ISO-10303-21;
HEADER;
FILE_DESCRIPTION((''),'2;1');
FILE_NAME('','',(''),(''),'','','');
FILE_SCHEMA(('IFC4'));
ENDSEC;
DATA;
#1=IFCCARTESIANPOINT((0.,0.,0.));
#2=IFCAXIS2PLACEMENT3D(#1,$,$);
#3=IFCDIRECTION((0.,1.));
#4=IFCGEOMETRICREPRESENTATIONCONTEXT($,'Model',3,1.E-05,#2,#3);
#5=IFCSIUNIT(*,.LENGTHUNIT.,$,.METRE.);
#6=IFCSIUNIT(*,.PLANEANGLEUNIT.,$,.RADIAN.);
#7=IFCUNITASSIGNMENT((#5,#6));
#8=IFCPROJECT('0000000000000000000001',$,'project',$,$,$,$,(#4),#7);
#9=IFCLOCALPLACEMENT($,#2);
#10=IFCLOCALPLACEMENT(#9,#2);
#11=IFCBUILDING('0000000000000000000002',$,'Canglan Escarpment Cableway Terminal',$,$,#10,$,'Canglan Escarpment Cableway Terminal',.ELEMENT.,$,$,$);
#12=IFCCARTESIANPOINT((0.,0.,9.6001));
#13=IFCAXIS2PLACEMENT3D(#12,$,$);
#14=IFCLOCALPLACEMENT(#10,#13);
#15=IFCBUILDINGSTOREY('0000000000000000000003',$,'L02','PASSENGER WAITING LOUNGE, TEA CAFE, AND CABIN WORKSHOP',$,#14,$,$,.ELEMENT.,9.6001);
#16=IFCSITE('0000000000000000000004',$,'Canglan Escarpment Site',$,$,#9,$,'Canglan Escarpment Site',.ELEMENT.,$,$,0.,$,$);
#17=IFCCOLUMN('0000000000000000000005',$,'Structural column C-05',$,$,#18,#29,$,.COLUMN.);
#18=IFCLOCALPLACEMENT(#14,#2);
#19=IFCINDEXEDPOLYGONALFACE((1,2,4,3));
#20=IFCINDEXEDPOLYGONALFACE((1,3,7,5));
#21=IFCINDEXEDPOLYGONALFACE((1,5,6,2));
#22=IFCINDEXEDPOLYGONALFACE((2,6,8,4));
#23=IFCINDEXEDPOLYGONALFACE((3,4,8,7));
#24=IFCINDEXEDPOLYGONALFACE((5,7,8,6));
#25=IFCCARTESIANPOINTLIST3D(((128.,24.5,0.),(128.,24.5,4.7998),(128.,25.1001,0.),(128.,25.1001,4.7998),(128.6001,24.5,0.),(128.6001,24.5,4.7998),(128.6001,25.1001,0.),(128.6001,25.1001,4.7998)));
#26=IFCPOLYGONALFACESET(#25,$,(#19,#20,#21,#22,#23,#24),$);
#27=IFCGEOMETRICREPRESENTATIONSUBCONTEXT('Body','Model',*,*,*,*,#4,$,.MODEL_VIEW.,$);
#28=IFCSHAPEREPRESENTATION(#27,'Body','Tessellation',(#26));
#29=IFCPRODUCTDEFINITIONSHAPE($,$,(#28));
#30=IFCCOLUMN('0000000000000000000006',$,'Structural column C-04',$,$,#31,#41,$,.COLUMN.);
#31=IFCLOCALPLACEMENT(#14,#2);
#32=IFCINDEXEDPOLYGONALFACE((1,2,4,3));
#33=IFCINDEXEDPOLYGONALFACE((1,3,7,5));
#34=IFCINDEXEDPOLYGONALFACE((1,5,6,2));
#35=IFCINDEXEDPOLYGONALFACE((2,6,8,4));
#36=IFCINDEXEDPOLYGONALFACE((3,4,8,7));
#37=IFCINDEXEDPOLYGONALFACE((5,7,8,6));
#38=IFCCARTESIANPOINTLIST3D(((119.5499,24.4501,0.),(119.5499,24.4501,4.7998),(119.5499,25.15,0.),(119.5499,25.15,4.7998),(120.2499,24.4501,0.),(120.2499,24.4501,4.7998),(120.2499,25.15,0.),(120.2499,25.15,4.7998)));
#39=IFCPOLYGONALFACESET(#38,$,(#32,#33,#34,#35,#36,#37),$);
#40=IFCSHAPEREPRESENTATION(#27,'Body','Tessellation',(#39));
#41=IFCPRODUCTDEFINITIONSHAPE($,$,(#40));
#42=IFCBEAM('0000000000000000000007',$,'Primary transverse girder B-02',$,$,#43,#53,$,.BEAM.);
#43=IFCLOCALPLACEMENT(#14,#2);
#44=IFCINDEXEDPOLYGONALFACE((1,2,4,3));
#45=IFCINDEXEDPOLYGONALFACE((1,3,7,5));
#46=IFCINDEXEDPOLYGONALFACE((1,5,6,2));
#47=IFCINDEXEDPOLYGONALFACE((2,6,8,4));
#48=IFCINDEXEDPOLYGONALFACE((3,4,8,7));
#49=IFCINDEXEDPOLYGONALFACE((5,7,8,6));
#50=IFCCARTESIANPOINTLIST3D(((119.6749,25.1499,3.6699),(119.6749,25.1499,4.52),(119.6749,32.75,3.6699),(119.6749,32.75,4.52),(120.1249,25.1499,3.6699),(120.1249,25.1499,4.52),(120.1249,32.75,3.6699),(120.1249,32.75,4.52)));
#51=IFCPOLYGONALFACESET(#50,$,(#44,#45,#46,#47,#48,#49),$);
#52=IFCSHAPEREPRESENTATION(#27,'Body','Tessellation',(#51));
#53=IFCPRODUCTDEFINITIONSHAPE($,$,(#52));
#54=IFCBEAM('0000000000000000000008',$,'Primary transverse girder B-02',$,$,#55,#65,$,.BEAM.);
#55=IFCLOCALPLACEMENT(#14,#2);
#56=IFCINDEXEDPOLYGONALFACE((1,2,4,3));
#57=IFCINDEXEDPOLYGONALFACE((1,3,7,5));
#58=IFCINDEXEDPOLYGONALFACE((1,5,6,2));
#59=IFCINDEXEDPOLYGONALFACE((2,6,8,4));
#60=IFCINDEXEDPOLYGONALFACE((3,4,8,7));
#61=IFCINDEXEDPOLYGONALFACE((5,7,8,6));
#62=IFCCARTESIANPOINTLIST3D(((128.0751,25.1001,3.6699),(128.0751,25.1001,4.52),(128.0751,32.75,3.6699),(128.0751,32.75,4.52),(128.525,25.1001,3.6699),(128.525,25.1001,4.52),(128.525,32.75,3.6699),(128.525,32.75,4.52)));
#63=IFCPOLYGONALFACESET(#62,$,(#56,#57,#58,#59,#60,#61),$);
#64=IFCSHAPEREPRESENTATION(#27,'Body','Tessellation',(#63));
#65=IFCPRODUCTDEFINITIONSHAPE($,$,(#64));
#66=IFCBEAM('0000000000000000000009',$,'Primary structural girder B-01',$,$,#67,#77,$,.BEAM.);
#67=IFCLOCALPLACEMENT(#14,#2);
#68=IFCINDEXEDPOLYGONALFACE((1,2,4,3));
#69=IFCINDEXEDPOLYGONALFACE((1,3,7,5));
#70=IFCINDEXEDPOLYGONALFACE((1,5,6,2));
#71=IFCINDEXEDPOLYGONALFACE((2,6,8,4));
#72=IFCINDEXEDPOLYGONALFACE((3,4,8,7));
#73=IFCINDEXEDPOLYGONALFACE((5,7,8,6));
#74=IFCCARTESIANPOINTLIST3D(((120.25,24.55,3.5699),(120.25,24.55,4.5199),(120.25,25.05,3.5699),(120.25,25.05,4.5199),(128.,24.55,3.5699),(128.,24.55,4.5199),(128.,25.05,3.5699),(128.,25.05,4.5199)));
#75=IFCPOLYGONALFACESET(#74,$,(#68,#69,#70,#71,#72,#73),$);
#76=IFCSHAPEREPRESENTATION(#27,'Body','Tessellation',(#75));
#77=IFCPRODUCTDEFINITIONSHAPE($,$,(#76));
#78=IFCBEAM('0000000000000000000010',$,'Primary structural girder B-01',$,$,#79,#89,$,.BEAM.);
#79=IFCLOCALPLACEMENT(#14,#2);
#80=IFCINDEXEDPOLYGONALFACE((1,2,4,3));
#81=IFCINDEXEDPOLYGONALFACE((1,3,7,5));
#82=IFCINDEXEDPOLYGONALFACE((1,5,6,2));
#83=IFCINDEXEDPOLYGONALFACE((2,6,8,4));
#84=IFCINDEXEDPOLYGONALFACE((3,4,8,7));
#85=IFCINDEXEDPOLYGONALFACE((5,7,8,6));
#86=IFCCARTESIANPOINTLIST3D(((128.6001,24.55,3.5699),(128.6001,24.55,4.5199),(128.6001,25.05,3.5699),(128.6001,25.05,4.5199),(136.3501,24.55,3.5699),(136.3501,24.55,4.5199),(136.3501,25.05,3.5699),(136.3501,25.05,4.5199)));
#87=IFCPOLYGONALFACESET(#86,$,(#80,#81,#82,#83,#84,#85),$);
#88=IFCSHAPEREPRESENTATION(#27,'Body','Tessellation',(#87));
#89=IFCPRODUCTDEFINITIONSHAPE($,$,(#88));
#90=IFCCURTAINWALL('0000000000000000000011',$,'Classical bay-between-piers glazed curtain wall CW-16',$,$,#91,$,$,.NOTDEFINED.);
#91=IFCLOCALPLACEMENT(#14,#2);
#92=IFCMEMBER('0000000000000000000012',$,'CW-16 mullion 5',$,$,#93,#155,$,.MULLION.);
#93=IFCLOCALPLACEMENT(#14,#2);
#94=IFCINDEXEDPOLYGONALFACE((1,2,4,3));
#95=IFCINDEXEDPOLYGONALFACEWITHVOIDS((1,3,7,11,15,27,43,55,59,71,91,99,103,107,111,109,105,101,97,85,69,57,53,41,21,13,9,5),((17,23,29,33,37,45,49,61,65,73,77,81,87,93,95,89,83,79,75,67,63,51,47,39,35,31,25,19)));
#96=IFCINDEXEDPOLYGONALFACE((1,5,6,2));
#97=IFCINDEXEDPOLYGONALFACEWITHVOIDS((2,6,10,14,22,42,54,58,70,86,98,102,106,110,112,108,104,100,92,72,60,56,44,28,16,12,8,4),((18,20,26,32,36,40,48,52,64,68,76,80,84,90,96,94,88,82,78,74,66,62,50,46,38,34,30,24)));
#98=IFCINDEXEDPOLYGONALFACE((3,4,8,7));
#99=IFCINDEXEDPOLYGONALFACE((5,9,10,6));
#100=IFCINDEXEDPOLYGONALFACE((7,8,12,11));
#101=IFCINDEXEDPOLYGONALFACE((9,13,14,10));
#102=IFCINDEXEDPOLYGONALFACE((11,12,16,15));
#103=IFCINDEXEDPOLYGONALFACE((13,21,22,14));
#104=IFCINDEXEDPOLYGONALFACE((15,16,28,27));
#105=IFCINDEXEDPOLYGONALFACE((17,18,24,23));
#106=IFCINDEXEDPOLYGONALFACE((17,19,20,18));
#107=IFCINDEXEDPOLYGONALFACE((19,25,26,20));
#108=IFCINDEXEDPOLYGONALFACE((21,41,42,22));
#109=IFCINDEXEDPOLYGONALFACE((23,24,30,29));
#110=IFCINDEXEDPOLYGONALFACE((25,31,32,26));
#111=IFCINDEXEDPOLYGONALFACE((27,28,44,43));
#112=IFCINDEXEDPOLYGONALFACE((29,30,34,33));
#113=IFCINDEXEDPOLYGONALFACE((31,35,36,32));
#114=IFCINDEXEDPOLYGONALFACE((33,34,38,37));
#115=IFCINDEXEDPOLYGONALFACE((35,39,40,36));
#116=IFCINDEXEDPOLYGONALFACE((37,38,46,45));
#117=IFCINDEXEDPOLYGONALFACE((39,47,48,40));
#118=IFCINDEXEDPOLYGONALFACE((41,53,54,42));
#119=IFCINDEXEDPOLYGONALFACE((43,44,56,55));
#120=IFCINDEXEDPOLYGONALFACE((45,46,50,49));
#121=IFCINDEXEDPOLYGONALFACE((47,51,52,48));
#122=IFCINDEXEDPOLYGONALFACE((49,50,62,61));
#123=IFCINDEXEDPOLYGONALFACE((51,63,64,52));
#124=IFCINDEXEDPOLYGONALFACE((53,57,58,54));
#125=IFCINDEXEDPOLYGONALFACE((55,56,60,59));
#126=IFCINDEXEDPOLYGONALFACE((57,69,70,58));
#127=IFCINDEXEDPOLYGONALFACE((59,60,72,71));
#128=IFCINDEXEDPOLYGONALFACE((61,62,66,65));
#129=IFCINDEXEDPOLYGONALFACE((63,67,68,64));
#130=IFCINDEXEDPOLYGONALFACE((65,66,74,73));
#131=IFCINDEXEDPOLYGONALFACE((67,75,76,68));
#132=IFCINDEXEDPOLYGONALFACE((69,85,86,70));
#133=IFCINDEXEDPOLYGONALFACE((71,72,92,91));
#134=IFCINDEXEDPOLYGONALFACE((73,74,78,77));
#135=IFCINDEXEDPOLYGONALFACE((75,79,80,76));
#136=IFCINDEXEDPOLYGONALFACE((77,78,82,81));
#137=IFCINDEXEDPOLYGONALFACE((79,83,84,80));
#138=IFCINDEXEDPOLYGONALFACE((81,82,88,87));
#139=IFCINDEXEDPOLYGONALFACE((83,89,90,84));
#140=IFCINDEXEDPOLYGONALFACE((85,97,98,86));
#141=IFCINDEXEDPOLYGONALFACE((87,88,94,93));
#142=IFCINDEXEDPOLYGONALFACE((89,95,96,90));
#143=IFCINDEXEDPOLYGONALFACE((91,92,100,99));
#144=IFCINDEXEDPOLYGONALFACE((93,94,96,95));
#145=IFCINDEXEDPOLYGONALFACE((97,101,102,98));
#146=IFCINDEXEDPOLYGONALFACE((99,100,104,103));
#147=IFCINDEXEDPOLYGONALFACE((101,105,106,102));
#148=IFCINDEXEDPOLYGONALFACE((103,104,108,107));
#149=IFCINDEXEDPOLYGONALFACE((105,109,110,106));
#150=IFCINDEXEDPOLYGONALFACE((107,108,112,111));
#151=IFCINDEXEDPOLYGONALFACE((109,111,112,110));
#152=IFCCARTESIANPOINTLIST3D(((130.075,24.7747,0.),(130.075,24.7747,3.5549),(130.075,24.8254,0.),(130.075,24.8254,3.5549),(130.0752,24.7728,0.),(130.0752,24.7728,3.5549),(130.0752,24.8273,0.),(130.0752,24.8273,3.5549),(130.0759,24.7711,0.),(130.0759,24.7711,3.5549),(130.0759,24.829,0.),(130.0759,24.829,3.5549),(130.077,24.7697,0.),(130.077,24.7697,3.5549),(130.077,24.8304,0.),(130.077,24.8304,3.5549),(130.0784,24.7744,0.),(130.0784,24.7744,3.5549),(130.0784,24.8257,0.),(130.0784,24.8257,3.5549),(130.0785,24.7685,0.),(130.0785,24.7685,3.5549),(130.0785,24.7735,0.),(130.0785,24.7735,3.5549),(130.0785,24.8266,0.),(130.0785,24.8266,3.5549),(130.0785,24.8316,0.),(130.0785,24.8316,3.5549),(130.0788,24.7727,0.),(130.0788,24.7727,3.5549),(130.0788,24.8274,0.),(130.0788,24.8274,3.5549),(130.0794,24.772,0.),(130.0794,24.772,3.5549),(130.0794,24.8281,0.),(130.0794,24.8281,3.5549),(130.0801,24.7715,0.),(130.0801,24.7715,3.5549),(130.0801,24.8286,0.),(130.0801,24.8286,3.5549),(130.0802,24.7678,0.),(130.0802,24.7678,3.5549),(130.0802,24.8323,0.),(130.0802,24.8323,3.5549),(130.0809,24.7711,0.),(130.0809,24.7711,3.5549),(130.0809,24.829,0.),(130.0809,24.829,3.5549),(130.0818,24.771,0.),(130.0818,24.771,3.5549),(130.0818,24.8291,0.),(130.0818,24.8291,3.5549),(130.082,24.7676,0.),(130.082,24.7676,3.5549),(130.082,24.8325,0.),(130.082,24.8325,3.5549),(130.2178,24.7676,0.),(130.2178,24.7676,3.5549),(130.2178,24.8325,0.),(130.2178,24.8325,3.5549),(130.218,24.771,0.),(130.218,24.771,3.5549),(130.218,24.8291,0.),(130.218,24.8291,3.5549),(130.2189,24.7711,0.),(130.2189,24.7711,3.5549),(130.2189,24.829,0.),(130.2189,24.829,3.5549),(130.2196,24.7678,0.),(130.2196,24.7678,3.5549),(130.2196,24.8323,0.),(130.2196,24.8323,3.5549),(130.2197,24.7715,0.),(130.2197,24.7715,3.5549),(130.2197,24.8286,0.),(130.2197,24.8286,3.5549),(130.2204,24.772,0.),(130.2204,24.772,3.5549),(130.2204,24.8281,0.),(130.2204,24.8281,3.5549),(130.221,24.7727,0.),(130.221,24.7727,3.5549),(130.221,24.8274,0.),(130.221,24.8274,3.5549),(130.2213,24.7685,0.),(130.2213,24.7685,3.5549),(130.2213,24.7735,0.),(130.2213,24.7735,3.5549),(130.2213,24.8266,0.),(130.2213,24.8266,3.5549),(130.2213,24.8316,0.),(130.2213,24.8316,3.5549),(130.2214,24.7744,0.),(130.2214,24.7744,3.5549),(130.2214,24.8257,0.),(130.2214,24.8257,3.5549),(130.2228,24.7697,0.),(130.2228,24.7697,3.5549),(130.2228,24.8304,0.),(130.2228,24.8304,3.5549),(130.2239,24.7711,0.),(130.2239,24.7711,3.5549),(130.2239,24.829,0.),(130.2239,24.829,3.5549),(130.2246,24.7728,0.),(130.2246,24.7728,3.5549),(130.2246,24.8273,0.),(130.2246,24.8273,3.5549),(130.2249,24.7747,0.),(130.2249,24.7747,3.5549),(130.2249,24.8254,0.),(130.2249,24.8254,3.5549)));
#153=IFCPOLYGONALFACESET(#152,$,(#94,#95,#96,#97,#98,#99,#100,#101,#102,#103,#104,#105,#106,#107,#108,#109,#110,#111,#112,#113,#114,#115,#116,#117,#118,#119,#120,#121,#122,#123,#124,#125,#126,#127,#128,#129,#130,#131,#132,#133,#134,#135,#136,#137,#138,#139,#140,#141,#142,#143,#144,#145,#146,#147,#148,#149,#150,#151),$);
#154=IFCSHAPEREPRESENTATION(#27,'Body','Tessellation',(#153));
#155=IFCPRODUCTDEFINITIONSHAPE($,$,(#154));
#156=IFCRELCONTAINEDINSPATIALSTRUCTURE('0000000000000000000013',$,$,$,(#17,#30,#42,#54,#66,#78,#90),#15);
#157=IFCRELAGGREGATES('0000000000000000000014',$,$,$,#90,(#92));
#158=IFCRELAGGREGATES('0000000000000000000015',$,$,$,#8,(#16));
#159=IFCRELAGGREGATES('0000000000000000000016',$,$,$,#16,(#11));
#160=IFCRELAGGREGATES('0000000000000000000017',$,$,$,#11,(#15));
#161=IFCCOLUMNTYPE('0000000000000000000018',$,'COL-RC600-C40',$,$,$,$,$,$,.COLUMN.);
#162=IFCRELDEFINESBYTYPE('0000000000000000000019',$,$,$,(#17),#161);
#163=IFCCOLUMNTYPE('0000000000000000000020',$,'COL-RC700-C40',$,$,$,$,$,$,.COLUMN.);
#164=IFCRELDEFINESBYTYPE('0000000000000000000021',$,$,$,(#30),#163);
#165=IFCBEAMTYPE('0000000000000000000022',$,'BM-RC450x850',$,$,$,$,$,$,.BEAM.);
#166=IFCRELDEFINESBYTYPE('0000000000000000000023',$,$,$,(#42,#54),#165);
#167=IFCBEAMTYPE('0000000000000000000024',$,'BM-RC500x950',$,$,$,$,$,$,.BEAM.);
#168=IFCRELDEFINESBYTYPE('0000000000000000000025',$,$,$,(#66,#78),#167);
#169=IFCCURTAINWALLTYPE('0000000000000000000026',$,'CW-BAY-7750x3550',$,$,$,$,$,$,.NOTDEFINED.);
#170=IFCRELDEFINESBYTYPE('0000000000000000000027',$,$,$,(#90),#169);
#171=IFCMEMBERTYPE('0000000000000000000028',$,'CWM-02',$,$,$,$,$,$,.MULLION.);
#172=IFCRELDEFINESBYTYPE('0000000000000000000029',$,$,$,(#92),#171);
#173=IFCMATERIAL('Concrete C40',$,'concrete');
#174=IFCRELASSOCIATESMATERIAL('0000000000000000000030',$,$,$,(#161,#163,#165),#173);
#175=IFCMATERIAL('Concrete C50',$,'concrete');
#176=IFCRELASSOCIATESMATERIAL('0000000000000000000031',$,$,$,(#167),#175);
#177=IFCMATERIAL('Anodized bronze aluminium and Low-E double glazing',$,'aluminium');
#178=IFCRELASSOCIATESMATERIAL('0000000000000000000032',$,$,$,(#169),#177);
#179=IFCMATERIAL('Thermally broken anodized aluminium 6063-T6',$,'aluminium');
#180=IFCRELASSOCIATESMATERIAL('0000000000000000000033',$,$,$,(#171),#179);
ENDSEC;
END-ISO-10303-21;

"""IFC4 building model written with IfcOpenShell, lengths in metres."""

from ifc_helpers import new_model, si_unit, direction, frame, origin, origin_2d, place, context, subcontext, project, spatial, rectangle, hollow_rectangle, extrude, material, material_profile, profile_set, type_object, element, aggregate, save


model = new_model("IFC4")

# Units and contexts
model_context = context("Model", 3, precision=1e-05, world=origin(), true_north=direction((0.0, 1.0)))
body_context = subcontext(model_context, "Body", "Model", "MODEL_VIEW")
ifc_project = project(units=[si_unit("LENGTHUNIT", "METRE"), si_unit("PLANEANGLEUNIT", "RADIAN")], contexts=[model_context])

# Site, building, storey
site_placement = place(None, origin())
site = spatial("IfcSite", under=ifc_project, at=site_placement, Name="Canglan Escarpment Site", LongName="Canglan Escarpment Site", CompositionType="ELEMENT", RefElevation=0.0)
building_placement = place(site_placement, origin())
building = spatial("IfcBuilding", under=site, at=building_placement, Name="Canglan Escarpment Cableway Terminal", LongName="Canglan Escarpment Cableway Terminal", CompositionType="ELEMENT")
storey_placement = place(building_placement, frame((0.0, 0.0, 9.6001)))
storey = spatial("IfcBuildingStorey", under=building, at=storey_placement, Name="L02", Description="PASSENGER WAITING LOUNGE, TEA CAFE, AND CABIN WORKSHOP", CompositionType="ELEMENT", Elevation=9.6001)

# Columns
ifc_material_1 = material(Name="Concrete C40", Category="concrete")
ifc_material_profile_1 = material_profile(ifc_material_1, rectangle(XDim=0.6001, YDim=0.6001, at=origin_2d()), Name="RC 600x600")
ifc_profile_set_1 = profile_set([ifc_material_profile_1], Name="Concrete C40")
column_type_1 = type_object("IfcColumnType", Name="COL-RC600-C40", PredefinedType="COLUMN", material=ifc_profile_set_1)
column_1_placement = place(storey_placement, frame((128.3, 24.8, 0.0), z_axis=(0.0, 0.0, 1.0), x_axis=(1.0, 0.0, 0.0)))
element("IfcColumn", 1, at=column_1_placement, inside=storey, type_object=column_type_1, Name="Structural column C-05", PredefinedType="COLUMN", context=body_context, shape_type="SweptSolid", body=[
    extrude(rectangle(XDim=0.6001, YDim=0.6001, at=origin_2d()), origin(), (0.0, 0.0, 1.0), 4.7998),
])
ifc_material_profile_2 = material_profile(ifc_material_1, rectangle(XDim=0.7, YDim=0.7, at=origin_2d()), Name="RC 700x700")
ifc_profile_set_2 = profile_set([ifc_material_profile_2], Name="Concrete C40")
column_type_2 = type_object("IfcColumnType", Name="COL-RC700-C40", PredefinedType="COLUMN", material=ifc_profile_set_2)
column_2_placement = place(storey_placement, frame((119.8999, 24.8, 0.0), z_axis=(0.0, 0.0, 1.0), x_axis=(1.0, 0.0, 0.0)))
element("IfcColumn", 2, at=column_2_placement, inside=storey, type_object=column_type_2, Name="Structural column C-04", PredefinedType="COLUMN", context=body_context, shape_type="SweptSolid", body=[
    extrude(rectangle(XDim=0.7, YDim=0.7, at=origin_2d()), origin(), (0.0, 0.0, 1.0), 4.7998),
])

# Beams
ifc_material_profile_3 = material_profile(ifc_material_1, rectangle(XDim=0.45, YDim=0.8501, at=origin_2d()), Name="RC 450x850")
ifc_profile_set_3 = profile_set([ifc_material_profile_3], Name="Concrete C40")
beam_type_1 = type_object("IfcBeamType", Name="BM-RC450x850", PredefinedType="BEAM", material=ifc_profile_set_3)
beam_1_placement = place(storey_placement, frame((119.8999, 25.1499, 4.095), z_axis=(0.0, 1.0, 0.0), x_axis=(-1.0, 0.0, 0.0)))
element("IfcBeam", 3, at=beam_1_placement, inside=storey, type_object=beam_type_1, Name="Primary transverse girder B-02", PredefinedType="BEAM", context=body_context, shape_type="SweptSolid", body=[
    extrude(rectangle(XDim=0.45, YDim=0.8501, at=origin_2d()), origin(), (0.0, 0.0, 1.0), 7.6001),
])
beam_2_placement = place(storey_placement, frame((128.3, 25.1001, 4.095), z_axis=(0.0, 1.0, 0.0), x_axis=(-1.0, 0.0, 0.0)))
element("IfcBeam", 4, at=beam_2_placement, inside=storey, type_object=beam_type_1, Name="Primary transverse girder B-02", PredefinedType="BEAM", context=body_context, shape_type="SweptSolid", body=[
    extrude(rectangle(XDim=0.45, YDim=0.8501, at=origin_2d()), origin(), (0.0, 0.0, 1.0), 7.6499),
])
ifc_material_2 = material(Name="Concrete C50", Category="concrete")
ifc_material_profile_4 = material_profile(ifc_material_2, rectangle(XDim=0.5, YDim=0.95, at=origin_2d()), Name="RC 500x950")
ifc_profile_set_4 = profile_set([ifc_material_profile_4], Name="Concrete C50")
beam_type_2 = type_object("IfcBeamType", Name="BM-RC500x950", PredefinedType="BEAM", material=ifc_profile_set_4)
for number, where, z_axis, x_axis, name in (
    (5, (120.25, 24.8, 4.0449), (1.0, 0.0, 0.0), (0.0, 1.0, 0.0), "Primary structural girder B-01"),
    (6, (128.6001, 24.8, 4.0449), (1.0, 0.0, 0.0), (0.0, 1.0, 0.0), "Primary structural girder B-01"),
):
    element("IfcBeam", number, at=place(storey_placement, frame(where, z_axis=z_axis, x_axis=x_axis)), inside=storey, type_object=beam_type_2, Name=name, PredefinedType="BEAM", context=body_context, shape_type="SweptSolid", body=[
        extrude(rectangle(XDim=0.5, YDim=0.95, at=origin_2d()), origin(), (0.0, 0.0, 1.0), 7.75),
    ])

# Curtain wall, member
ifc_material_3 = material(Name="Anodized bronze aluminium and Low-E double glazing", Category="aluminium")
curtain_wall_type_1 = type_object("IfcCurtainWallType", Name="CW-BAY-7750x3550", PredefinedType="NOTDEFINED", material=ifc_material_3)
curtain_wall_1_placement = place(storey_placement, origin())
curtain_wall_1 = element("IfcCurtainWall", 7, at=curtain_wall_1_placement, inside=storey, type_object=curtain_wall_type_1, Name="Classical bay-between-piers glazed curtain wall CW-16", PredefinedType="NOTDEFINED")
ifc_material_4 = material(Name="Thermally broken anodized aluminium 6063-T6", Category="aluminium")
ifc_material_profile_5 = material_profile(ifc_material_4, hollow_rectangle(XDim=0.0649, YDim=0.1499, WallThickness=0.0034, InnerFilletRadius=0.0034, OuterFilletRadius=0.0071, at=origin_2d()), Name="ALU-MULL 65x150x3.5")
ifc_profile_set_5 = profile_set([ifc_material_profile_5], Name="Thermally broken anodized aluminium 6063-T6")
member_type_1 = type_object("IfcMemberType", Name="CWM-02", PredefinedType="MULLION", material=ifc_profile_set_5)
member_1_placement = place(storey_placement, frame((130.1499, 24.8, 0.0), z_axis=(0.0, 0.0, 1.0), x_axis=(0.0, -1.0, 0.0)))
member_1 = element("IfcMember", 8, at=member_1_placement, type_object=member_type_1, Name="CW-16 mullion 5", PredefinedType="MULLION", context=body_context, shape_type="SweptSolid", body=[
    extrude(hollow_rectangle(XDim=0.0649, YDim=0.1499, WallThickness=0.0034, InnerFilletRadius=0.0034, OuterFilletRadius=0.0071, at=origin_2d()), origin(), (0.0, 0.0, 1.0), 3.5549),
])

aggregate(curtain_wall_1, [member_1])

save(model, "model.ifc")
